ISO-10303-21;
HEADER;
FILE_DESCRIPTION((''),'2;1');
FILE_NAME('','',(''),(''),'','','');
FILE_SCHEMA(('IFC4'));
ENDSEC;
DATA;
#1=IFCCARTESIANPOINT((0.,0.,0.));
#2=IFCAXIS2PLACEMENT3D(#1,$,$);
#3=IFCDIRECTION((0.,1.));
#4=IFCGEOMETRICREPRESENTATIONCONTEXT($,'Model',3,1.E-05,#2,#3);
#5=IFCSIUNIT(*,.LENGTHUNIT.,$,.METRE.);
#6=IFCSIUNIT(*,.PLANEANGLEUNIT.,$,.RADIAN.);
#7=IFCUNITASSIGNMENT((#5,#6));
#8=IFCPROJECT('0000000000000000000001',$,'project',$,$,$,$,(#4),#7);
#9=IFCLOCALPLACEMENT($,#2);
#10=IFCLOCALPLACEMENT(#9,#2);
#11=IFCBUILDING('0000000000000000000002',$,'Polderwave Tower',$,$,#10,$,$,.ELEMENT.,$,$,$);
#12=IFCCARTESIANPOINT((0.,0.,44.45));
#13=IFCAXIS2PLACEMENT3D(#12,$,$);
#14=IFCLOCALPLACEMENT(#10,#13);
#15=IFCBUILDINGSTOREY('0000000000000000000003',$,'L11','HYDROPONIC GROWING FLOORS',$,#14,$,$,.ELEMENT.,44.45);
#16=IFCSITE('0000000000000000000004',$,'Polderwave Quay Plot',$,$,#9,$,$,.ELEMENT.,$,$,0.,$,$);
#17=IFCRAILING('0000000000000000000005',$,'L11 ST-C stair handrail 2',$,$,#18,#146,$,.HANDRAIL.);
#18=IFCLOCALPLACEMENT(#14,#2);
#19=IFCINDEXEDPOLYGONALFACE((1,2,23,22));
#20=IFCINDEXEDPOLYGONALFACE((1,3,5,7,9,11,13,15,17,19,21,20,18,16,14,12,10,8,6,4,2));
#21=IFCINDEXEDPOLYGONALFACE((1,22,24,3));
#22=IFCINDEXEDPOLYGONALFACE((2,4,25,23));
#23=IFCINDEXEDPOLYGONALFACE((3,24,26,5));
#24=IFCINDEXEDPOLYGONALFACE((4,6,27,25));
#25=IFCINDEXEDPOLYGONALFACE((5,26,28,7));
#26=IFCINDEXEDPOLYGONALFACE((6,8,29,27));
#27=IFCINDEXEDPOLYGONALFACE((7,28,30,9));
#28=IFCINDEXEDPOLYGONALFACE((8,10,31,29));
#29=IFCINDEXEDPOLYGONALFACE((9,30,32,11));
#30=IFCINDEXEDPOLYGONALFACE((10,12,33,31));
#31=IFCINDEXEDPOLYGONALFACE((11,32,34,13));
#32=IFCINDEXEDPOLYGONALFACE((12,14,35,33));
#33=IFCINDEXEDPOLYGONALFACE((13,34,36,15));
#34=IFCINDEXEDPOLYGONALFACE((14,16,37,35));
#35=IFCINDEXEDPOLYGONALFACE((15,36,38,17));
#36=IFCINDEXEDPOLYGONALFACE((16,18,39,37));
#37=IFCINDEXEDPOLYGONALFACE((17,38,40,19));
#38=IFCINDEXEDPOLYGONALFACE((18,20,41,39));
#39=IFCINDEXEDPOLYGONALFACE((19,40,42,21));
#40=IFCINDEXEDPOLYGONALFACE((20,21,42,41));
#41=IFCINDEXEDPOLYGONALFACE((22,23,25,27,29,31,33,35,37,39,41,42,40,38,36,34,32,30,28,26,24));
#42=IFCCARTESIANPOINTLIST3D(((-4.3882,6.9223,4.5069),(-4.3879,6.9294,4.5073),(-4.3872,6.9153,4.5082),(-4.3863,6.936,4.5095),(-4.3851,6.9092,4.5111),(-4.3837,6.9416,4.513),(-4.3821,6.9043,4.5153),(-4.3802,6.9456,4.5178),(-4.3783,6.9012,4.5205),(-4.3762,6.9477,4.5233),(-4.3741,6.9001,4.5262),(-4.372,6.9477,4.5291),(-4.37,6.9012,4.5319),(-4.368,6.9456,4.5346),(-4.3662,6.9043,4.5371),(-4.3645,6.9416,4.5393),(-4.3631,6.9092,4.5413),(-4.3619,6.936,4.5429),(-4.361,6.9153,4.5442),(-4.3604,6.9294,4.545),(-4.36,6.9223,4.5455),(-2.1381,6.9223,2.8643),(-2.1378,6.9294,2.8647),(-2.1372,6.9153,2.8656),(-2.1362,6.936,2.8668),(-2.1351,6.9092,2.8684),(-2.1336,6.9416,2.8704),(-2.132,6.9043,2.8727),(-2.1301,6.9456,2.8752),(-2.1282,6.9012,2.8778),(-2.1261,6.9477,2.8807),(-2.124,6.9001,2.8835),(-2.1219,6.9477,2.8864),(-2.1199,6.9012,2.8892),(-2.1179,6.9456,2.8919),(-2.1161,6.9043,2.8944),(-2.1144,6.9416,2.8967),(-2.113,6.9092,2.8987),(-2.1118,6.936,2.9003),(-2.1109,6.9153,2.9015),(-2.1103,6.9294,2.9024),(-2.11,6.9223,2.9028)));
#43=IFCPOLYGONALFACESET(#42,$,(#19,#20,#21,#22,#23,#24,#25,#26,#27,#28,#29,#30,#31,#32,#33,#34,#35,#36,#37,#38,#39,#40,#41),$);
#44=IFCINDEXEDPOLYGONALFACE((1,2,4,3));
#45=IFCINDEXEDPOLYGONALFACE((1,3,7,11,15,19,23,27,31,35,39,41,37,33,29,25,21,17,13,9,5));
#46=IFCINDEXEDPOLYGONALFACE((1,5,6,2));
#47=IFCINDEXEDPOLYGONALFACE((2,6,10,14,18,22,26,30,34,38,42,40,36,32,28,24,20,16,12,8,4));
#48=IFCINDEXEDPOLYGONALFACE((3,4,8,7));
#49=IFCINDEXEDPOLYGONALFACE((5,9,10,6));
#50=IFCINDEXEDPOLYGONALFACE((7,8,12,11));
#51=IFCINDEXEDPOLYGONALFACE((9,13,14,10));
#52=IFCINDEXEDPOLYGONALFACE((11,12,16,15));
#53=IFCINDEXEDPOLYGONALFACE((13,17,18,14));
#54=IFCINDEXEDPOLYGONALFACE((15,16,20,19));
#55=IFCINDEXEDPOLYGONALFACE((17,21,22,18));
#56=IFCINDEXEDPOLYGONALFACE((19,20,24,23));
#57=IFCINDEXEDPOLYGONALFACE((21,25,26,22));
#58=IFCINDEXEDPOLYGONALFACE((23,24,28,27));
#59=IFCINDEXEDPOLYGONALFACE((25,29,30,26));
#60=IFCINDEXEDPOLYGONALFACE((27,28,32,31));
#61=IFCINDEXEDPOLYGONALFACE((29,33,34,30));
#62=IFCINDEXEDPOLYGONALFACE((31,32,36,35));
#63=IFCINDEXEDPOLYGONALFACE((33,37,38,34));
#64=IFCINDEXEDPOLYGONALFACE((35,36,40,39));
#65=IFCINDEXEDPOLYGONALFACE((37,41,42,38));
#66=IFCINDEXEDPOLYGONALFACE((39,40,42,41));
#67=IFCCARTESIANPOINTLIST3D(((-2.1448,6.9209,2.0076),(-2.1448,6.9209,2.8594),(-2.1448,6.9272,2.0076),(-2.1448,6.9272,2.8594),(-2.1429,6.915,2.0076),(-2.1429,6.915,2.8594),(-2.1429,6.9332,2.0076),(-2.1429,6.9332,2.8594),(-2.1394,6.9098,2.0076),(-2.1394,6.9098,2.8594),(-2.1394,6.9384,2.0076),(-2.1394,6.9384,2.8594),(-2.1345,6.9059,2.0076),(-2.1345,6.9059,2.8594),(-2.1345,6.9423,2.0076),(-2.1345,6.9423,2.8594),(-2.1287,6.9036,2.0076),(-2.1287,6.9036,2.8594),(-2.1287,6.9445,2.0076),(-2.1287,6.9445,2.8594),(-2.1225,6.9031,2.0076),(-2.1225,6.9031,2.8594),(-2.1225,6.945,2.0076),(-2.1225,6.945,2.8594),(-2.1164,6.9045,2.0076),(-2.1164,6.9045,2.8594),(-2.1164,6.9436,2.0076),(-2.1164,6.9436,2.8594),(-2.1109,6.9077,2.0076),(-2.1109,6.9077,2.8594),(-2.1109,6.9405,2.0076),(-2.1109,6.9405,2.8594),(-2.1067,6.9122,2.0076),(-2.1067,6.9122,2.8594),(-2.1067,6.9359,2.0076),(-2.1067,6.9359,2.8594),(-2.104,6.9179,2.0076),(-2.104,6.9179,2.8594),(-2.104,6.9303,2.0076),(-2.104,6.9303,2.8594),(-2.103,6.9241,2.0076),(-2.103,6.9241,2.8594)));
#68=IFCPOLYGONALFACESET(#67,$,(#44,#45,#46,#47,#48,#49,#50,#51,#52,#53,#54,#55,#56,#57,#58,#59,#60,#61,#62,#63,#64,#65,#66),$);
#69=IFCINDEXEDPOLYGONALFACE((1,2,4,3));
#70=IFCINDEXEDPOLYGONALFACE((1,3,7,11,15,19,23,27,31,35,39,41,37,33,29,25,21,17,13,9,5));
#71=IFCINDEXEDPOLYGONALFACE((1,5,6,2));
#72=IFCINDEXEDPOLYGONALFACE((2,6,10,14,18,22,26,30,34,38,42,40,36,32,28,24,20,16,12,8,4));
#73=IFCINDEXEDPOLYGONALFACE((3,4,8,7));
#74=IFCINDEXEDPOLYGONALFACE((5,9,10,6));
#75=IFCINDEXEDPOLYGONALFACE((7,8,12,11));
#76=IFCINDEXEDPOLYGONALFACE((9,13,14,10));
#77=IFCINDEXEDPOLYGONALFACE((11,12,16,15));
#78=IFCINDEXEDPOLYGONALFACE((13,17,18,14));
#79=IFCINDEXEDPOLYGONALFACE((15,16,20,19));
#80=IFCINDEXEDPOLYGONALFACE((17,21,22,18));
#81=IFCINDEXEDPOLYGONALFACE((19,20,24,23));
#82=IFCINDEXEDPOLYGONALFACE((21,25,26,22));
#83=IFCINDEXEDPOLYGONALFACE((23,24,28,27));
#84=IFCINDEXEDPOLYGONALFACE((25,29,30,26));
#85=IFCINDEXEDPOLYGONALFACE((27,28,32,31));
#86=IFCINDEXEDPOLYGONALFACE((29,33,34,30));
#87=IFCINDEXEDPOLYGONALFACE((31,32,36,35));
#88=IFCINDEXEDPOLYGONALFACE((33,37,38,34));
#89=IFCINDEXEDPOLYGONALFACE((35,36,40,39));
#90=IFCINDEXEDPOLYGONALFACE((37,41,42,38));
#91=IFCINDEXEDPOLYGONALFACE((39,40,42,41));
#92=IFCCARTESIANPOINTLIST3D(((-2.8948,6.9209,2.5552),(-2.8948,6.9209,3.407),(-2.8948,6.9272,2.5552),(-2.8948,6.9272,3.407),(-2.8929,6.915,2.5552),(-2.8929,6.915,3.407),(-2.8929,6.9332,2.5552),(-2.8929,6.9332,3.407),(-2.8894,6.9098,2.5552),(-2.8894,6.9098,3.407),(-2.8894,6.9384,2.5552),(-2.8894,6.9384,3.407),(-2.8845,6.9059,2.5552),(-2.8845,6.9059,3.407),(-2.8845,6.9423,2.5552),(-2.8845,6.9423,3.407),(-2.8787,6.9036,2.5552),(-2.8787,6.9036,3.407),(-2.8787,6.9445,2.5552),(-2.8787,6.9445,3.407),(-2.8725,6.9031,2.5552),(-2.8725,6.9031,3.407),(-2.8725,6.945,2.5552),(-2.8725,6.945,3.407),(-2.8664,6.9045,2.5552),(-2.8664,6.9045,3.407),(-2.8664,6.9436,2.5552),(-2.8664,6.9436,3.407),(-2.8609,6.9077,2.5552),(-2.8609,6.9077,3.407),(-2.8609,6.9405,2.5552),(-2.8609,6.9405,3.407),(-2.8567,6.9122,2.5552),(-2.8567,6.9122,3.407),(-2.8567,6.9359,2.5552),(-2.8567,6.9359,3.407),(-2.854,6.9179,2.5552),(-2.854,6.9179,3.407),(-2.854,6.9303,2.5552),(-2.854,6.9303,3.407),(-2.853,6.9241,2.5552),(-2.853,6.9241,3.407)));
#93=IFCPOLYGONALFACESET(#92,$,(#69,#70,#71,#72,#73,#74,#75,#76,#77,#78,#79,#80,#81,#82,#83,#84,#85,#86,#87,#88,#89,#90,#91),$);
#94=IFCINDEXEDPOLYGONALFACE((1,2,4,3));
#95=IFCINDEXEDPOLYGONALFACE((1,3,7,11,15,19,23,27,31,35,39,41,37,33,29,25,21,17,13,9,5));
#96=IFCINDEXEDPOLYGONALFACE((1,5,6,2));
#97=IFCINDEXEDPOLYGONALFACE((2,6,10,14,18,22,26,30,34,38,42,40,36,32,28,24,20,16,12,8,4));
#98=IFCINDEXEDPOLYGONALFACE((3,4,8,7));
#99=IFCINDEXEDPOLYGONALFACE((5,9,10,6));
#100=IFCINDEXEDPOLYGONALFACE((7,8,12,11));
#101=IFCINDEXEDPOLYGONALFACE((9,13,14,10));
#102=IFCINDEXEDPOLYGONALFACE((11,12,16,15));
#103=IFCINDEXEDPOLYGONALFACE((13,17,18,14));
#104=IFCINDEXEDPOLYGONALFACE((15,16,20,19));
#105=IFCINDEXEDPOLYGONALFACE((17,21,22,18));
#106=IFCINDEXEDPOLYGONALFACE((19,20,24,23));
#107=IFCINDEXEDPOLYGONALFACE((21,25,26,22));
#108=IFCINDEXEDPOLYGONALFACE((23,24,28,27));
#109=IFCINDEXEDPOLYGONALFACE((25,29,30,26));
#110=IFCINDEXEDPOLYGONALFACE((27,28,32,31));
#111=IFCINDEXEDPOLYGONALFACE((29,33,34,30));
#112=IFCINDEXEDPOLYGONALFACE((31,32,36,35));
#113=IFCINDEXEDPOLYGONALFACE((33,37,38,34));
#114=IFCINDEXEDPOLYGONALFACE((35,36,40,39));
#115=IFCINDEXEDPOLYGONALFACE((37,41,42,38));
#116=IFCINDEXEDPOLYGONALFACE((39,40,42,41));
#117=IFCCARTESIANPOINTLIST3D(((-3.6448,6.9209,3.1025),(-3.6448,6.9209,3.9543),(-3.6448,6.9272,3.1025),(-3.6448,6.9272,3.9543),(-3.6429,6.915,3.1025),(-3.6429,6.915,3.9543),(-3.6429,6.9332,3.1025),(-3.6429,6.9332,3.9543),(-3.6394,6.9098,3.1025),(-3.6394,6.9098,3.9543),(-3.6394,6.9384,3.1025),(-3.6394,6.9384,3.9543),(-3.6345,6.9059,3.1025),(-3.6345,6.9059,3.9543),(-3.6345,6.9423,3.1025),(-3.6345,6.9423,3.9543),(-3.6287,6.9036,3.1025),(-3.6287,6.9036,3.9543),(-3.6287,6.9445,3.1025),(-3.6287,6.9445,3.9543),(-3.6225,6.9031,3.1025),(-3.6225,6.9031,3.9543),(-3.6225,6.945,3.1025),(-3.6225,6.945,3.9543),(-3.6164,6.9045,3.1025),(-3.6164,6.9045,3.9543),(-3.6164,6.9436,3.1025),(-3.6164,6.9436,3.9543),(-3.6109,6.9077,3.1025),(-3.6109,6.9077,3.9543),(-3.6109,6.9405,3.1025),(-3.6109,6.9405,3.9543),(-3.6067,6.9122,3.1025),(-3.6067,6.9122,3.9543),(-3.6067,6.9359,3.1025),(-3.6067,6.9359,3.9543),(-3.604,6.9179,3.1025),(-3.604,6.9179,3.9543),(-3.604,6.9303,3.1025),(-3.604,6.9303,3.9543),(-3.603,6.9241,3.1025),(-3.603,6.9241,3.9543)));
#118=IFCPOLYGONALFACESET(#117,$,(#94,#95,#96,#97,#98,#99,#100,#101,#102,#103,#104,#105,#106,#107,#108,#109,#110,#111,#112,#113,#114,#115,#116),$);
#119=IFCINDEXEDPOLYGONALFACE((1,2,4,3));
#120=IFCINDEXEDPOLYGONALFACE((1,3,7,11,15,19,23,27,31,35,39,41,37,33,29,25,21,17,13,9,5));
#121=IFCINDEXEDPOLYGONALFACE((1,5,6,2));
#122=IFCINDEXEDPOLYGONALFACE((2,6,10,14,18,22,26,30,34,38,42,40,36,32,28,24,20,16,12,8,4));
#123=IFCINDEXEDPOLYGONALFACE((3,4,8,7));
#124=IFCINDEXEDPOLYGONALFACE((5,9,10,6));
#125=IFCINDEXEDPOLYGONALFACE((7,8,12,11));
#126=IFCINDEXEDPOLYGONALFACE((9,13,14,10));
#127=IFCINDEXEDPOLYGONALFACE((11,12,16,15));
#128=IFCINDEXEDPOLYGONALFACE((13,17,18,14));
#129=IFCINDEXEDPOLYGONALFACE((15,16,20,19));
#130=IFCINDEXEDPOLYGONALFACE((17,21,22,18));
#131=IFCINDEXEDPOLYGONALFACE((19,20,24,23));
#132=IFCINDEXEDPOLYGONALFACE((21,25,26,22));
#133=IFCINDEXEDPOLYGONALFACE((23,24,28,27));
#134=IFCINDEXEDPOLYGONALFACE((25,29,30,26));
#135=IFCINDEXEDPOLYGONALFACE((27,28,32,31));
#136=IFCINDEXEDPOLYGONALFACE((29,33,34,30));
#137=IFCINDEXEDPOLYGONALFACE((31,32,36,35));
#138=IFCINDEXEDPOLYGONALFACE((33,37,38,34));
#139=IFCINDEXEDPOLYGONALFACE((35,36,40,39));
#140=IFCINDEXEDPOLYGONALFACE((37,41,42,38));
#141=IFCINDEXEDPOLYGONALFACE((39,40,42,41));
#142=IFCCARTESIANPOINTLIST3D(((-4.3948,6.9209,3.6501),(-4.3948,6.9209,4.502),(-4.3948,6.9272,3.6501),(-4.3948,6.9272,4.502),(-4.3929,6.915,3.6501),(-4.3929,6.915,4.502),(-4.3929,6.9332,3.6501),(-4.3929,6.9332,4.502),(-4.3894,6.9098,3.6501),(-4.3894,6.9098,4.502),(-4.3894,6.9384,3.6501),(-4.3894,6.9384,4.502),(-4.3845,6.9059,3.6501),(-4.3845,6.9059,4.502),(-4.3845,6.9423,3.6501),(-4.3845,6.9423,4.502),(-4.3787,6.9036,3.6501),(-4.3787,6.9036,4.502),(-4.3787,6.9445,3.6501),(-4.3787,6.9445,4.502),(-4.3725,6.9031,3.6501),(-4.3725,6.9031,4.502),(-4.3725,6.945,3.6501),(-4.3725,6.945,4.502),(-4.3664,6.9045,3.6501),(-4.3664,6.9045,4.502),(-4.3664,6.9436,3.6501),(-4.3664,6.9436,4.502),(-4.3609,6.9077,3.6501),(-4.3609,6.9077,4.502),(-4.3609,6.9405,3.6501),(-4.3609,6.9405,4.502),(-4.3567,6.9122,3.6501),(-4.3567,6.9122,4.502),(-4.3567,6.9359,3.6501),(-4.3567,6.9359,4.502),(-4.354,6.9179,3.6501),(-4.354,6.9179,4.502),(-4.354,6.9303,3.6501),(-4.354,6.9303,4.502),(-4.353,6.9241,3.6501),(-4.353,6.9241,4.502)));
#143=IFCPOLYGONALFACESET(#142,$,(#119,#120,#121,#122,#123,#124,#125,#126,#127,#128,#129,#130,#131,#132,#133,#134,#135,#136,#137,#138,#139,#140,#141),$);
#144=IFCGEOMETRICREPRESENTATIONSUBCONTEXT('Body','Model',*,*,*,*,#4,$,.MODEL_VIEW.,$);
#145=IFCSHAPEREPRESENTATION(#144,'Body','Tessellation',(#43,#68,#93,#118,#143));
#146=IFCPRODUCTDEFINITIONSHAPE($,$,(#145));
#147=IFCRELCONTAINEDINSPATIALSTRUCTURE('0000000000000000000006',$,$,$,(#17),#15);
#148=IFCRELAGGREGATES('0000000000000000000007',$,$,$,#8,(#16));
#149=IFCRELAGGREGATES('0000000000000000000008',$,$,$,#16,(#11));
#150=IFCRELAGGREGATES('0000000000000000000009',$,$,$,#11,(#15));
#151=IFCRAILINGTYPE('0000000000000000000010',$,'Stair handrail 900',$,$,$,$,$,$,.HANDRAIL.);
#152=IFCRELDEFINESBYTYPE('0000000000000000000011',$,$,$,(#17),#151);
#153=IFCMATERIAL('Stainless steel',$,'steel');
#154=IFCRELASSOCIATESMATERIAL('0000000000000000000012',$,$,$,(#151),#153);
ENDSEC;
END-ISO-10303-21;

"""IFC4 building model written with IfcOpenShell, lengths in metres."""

from ifc_helpers import new_model, si_unit, direction, frame, origin, origin_2d, place, context, subcontext, project, spatial, circle, extrude, material, type_object, element, save


model = new_model("IFC4")

# Units and contexts
model_context = context("Model", 3, precision=1e-05, world=origin(), true_north=direction((0.0, 1.0)))
body_context = subcontext(model_context, "Body", "Model", "MODEL_VIEW")
ifc_project = project(units=[si_unit("LENGTHUNIT", "METRE"), si_unit("PLANEANGLEUNIT", "RADIAN")], contexts=[model_context])

# Site, building, storey
site_placement = place(None, origin())
site = spatial("IfcSite", under=ifc_project, at=site_placement, Name="Polderwave Quay Plot", CompositionType="ELEMENT", RefElevation=0.0)
building_placement = place(site_placement, origin())
building = spatial("IfcBuilding", under=site, at=building_placement, Name="Polderwave Tower", CompositionType="ELEMENT")
storey_placement = place(building_placement, frame((0.0, 0.0, 44.45)))
storey = spatial("IfcBuildingStorey", under=building, at=storey_placement, Name="L11", Description="HYDROPONIC GROWING FLOORS", CompositionType="ELEMENT", Elevation=44.45)

# Railing
ifc_material_1 = material(Name="Stainless steel", Category="steel")
railing_type_1 = type_object("IfcRailingType", Name="Stair handrail 900", PredefinedType="HANDRAIL", material=ifc_material_1)
railing_1_placement = place(storey_placement, frame((-2.124, 6.9241, 2.0076)))
element("IfcRailing", 1, at=railing_1_placement, inside=storey, type_object=railing_type_1, Name="L11 ST-C stair handrail 2", PredefinedType="HANDRAIL", context=body_context, shape_type="SweptSolid", body=[
    extrude(circle(Radius=0.0239, at=origin_2d()), frame((0.0, 0.0, 0.876), z_axis=(-0.807674, 0.0, 0.58963), x_axis=(0.0, -1.0, 0.0)), (0.0, 0.0, 1.0), 2.7859),
    extrude(circle(Radius=0.021, at=origin_2d()), origin(), (0.0, 0.0, 1.0), 0.8518),
    extrude(circle(Radius=0.021, at=origin_2d()), frame((-0.75, 0.0, 0.5476)), (0.0, 0.0, 1.0), 0.8518),
    extrude(circle(Radius=0.021, at=origin_2d()), frame((-1.5, 0.0, 1.095)), (0.0, 0.0, 1.0), 0.8518),
    extrude(circle(Radius=0.021, at=origin_2d()), frame((-2.25, 0.0, 1.6426)), (0.0, 0.0, 1.0), 0.8518),
])

save(model, "model.ifc")
